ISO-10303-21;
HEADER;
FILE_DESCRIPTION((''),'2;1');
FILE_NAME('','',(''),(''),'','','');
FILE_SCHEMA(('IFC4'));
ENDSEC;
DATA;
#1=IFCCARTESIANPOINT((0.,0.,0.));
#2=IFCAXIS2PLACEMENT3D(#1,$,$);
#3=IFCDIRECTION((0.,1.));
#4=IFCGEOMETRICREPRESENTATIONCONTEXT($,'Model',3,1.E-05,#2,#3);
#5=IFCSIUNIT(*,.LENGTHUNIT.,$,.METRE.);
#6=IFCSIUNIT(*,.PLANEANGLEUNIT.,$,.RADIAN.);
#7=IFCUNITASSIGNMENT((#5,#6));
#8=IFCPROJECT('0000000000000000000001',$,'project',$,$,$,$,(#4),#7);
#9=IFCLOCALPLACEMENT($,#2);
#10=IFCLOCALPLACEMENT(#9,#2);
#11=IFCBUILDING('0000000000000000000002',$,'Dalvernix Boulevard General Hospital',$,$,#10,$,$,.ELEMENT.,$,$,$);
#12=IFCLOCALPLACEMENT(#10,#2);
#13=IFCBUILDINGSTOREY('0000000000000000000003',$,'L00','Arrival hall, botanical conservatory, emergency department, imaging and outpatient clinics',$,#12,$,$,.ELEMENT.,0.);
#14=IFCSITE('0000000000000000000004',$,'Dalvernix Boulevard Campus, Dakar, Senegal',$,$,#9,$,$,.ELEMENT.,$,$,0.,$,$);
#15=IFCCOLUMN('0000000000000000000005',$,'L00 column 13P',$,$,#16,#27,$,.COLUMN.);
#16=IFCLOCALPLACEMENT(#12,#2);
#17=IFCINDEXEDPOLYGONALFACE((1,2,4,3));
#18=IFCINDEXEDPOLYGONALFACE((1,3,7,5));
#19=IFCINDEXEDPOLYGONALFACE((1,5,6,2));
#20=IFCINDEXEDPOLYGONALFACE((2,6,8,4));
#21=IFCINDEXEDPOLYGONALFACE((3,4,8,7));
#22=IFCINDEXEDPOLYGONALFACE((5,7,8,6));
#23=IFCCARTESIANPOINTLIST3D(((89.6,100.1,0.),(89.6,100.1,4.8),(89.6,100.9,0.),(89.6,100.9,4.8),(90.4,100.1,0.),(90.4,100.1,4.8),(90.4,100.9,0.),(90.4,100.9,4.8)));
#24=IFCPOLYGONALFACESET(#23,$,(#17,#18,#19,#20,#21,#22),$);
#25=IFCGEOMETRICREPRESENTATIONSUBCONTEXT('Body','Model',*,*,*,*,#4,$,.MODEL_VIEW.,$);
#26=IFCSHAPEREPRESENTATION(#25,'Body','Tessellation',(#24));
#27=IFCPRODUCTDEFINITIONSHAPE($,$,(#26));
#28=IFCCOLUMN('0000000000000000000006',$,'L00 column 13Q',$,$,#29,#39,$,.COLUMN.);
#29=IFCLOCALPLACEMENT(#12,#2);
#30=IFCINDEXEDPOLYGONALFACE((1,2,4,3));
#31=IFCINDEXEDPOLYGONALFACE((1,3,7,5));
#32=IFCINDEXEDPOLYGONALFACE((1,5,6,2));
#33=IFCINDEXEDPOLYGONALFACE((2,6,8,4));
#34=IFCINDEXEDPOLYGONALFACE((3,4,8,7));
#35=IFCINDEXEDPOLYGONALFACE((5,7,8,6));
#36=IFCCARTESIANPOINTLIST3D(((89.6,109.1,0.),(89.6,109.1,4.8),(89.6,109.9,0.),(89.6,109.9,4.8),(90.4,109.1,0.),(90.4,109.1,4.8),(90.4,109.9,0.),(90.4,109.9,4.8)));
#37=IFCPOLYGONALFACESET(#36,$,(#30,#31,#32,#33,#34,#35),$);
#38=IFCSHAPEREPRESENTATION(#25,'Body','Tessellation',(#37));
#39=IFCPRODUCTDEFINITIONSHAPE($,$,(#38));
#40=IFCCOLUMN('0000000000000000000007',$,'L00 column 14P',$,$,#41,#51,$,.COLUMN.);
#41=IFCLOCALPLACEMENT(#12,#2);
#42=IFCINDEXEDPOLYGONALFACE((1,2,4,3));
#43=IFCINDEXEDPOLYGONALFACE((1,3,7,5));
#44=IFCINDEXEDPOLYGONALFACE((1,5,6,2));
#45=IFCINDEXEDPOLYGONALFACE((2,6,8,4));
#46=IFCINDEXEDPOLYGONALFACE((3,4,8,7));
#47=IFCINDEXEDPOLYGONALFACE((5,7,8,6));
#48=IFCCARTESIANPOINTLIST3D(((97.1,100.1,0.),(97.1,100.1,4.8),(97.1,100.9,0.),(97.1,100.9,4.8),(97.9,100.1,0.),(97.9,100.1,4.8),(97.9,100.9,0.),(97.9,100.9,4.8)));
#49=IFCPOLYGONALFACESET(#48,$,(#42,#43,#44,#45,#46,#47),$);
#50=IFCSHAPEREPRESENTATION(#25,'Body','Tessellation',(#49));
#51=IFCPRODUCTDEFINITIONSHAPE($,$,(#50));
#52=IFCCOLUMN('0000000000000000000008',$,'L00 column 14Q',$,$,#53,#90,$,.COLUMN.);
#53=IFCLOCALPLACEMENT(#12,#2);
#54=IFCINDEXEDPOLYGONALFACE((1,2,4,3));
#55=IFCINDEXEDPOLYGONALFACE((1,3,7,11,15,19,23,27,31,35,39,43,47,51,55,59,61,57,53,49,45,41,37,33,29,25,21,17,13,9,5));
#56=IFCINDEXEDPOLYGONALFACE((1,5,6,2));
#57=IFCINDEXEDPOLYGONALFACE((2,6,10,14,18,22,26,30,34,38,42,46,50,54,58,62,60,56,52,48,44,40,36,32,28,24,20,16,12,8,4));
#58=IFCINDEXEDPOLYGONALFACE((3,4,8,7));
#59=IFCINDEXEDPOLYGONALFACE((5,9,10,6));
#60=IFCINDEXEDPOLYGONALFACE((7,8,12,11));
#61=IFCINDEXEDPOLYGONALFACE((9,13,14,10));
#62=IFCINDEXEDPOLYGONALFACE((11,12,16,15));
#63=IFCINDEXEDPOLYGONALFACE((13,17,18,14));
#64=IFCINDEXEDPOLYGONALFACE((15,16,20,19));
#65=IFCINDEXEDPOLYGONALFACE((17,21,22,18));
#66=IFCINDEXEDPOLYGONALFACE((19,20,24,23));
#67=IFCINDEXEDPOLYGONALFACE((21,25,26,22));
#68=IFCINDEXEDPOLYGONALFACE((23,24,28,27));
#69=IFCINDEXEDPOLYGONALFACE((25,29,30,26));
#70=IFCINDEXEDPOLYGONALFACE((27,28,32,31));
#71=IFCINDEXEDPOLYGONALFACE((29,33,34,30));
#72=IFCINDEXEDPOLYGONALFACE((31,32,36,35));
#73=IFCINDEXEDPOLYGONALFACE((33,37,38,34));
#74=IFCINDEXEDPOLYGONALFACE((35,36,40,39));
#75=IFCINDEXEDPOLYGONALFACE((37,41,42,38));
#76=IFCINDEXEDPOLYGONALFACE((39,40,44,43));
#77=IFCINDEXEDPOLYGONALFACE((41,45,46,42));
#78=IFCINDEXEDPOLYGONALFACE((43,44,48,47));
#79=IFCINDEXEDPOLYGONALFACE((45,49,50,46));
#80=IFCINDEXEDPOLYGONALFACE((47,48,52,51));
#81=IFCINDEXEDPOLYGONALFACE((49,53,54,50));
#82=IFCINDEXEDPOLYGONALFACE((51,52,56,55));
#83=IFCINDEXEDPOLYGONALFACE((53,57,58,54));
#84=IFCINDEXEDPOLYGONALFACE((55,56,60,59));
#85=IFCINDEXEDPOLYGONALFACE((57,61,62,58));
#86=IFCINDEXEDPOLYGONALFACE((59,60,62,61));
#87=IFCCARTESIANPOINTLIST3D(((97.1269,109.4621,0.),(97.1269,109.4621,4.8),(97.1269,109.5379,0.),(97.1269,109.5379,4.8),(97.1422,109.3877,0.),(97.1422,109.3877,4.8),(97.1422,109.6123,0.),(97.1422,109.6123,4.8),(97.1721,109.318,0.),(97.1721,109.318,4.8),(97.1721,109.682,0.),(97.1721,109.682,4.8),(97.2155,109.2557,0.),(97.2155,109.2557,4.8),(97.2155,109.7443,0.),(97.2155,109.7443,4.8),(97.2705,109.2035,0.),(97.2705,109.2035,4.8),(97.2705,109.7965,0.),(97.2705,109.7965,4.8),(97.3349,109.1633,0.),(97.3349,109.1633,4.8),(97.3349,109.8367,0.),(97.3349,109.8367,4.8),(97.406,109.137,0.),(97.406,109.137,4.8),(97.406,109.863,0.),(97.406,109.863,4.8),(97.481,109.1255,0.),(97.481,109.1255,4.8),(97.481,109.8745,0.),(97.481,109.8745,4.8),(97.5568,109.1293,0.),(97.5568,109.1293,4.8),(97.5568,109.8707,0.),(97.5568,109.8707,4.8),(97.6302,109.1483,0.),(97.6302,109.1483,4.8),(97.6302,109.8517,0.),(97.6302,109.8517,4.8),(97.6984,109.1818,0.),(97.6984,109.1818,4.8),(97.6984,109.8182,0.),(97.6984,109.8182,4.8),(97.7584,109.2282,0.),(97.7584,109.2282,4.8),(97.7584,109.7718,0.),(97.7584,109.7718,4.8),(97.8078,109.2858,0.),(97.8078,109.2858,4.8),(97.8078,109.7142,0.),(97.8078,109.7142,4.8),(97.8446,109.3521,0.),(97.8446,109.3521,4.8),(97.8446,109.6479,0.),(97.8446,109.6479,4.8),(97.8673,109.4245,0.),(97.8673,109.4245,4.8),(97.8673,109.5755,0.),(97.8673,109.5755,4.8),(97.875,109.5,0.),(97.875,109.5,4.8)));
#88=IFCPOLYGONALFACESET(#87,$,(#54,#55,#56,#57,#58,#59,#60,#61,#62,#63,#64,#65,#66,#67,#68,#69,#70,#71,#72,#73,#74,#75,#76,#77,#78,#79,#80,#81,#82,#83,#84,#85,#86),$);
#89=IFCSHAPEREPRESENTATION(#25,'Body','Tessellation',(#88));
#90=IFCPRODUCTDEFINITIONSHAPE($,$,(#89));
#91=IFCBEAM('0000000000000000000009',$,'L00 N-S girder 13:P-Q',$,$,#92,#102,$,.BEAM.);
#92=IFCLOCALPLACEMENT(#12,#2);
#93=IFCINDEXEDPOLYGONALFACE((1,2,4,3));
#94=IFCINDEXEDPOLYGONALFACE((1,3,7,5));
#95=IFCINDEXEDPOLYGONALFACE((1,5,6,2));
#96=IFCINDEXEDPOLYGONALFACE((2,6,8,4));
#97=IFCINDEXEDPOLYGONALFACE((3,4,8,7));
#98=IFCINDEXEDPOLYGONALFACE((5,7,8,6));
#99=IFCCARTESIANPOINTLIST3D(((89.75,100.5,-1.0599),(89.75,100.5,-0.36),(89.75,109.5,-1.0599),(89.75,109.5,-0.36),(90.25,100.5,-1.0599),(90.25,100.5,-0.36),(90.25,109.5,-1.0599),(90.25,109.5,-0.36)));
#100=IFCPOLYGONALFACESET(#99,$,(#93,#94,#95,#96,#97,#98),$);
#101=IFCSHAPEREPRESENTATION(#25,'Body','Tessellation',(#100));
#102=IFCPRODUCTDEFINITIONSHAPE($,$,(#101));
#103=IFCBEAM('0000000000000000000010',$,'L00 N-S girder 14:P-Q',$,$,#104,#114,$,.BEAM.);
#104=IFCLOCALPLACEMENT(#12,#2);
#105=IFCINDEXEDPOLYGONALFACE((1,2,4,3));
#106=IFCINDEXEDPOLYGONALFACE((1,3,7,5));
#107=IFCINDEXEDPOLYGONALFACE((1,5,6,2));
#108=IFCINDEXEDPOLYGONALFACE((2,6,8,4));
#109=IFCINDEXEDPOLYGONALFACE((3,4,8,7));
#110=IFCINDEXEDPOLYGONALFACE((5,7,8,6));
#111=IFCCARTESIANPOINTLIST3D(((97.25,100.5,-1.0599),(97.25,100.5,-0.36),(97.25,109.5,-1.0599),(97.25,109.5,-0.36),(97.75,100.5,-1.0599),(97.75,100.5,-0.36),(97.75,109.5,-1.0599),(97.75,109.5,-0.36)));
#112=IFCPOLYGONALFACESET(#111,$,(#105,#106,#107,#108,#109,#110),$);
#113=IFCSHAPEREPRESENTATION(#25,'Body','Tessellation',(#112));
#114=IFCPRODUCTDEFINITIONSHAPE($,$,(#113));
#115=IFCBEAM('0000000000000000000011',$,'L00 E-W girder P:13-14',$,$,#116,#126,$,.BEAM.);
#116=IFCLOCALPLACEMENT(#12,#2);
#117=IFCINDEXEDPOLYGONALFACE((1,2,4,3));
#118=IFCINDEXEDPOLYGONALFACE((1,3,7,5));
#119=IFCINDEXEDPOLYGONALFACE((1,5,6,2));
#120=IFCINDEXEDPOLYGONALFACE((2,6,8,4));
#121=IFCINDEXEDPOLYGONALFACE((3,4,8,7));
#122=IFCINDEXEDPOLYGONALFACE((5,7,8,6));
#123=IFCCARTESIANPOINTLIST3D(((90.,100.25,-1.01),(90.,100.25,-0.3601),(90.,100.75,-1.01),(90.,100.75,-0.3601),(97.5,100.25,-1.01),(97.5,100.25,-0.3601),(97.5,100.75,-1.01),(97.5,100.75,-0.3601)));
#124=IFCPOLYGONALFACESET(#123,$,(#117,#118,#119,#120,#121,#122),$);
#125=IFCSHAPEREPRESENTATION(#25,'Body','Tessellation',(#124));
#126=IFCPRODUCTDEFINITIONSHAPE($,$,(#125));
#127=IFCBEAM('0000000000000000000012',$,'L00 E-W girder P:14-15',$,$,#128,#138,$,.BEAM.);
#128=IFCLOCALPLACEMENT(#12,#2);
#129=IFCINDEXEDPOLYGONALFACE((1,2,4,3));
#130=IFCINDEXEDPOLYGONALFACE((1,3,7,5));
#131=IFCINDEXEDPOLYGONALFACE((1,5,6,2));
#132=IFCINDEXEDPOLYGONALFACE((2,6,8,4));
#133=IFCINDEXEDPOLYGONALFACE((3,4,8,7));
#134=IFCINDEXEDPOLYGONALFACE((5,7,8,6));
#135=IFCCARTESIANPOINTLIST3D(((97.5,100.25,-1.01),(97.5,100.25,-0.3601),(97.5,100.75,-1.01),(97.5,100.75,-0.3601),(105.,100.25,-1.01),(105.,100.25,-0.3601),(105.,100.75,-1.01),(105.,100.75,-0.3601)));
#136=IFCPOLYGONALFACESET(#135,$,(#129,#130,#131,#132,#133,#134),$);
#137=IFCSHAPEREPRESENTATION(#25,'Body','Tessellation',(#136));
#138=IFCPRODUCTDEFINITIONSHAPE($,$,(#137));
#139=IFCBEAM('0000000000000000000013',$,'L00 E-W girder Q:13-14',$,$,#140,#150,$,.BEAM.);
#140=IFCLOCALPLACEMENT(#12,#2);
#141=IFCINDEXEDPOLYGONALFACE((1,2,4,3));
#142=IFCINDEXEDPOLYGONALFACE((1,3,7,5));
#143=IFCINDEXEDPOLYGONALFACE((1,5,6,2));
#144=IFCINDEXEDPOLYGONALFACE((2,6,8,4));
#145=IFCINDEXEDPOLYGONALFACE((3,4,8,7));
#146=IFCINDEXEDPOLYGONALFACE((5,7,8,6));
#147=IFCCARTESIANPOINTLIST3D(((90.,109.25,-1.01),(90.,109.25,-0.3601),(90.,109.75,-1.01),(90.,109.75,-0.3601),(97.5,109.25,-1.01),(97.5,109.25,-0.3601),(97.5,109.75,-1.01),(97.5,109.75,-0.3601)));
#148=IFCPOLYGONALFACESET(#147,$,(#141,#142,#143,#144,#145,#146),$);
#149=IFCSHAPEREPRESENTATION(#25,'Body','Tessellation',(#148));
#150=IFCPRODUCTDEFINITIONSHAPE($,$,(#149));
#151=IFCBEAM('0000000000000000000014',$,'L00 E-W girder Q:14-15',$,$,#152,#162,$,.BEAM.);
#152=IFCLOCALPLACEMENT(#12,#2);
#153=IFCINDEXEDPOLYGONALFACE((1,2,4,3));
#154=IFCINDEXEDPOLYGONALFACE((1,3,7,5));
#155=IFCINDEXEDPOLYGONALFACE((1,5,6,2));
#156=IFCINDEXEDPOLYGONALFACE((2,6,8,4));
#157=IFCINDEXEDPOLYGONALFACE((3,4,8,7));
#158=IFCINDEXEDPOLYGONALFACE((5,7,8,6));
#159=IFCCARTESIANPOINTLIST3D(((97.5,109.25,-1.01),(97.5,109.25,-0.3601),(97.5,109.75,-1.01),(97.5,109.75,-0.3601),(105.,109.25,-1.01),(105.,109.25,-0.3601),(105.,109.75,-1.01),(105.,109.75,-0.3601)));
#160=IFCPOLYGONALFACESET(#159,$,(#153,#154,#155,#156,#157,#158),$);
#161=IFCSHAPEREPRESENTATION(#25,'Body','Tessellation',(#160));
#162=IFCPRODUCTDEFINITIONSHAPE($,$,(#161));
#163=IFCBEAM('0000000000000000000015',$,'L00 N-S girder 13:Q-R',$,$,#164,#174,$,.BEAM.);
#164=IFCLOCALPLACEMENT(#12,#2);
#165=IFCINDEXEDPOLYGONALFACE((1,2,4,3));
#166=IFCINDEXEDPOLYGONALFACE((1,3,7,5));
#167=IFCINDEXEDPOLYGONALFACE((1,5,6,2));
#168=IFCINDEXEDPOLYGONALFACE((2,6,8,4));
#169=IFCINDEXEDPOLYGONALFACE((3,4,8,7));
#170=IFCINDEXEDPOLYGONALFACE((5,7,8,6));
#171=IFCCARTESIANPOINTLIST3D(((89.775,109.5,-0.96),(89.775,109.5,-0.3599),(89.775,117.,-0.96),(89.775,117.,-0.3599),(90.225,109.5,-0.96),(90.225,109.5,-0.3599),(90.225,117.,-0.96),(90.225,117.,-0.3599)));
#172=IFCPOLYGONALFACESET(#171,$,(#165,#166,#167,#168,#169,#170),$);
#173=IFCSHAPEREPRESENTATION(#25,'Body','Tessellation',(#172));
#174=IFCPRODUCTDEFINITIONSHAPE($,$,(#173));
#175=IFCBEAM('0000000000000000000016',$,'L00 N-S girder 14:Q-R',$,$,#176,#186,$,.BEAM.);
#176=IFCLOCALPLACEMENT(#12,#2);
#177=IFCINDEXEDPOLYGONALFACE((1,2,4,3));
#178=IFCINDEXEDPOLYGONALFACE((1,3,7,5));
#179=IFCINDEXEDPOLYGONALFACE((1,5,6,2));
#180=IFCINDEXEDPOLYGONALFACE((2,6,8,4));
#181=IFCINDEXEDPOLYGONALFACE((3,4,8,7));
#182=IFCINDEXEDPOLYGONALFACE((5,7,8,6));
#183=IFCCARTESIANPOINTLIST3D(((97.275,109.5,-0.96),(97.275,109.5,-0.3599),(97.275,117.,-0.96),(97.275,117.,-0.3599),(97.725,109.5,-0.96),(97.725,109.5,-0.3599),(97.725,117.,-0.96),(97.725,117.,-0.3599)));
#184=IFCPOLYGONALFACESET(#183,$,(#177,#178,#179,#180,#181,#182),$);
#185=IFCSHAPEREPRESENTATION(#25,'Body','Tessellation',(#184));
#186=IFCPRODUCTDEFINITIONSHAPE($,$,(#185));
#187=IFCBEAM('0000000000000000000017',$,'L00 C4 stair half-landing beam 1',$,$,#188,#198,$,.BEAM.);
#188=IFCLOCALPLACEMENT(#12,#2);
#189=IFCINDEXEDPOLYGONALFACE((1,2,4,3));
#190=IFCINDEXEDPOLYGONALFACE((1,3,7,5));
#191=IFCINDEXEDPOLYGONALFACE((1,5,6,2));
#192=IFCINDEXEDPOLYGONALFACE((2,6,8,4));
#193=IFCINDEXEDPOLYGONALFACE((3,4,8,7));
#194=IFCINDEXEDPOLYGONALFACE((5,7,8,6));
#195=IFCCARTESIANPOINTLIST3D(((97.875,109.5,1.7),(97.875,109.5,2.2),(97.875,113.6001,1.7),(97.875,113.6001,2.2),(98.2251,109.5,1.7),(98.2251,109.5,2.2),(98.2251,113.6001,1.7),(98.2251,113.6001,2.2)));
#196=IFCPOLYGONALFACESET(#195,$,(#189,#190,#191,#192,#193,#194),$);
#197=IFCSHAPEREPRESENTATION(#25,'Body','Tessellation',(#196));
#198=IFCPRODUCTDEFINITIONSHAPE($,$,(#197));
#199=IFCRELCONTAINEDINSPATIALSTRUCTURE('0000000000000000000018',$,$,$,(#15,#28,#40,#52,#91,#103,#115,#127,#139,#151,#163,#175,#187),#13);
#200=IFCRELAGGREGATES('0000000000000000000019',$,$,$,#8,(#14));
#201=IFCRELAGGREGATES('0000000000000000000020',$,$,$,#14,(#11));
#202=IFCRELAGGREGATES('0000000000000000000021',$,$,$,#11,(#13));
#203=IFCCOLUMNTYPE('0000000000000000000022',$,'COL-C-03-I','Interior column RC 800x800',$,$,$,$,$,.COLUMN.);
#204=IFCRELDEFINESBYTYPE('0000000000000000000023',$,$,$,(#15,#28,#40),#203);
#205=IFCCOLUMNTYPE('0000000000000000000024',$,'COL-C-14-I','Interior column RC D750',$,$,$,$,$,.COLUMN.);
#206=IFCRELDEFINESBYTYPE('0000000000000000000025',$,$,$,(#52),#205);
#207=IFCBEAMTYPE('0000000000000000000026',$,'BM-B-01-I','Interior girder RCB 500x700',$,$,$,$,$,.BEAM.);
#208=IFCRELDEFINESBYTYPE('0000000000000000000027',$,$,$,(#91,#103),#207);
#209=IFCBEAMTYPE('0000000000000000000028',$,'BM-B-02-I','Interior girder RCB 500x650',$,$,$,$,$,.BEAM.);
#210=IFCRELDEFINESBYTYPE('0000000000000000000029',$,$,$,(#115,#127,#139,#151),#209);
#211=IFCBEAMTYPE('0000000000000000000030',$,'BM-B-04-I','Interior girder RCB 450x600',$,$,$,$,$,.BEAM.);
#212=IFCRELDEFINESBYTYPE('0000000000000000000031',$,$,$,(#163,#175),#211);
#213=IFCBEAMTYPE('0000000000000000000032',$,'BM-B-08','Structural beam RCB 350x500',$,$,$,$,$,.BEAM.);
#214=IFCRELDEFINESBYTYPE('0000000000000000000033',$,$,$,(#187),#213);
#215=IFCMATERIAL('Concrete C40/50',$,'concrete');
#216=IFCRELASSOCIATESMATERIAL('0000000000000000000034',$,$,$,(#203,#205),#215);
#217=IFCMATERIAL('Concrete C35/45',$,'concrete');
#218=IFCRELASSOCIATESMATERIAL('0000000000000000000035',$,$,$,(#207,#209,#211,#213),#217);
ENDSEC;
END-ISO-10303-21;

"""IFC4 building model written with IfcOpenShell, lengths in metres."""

from ifc_helpers import new_model, si_unit, direction, frame, origin, origin_2d, place, context, subcontext, project, spatial, rectangle, circle, extrude, material, material_profile, profile_set, type_object, element, save


model = new_model("IFC4")

# Units and contexts
model_context = context("Model", 3, precision=1e-05, world=origin(), true_north=direction((0.0, 1.0)))
body_context = subcontext(model_context, "Body", "Model", "MODEL_VIEW")
ifc_project = project(units=[si_unit("LENGTHUNIT", "METRE"), si_unit("PLANEANGLEUNIT", "RADIAN")], contexts=[model_context])

# Site, building, storey
site_placement = place(None, origin())
site = spatial("IfcSite", under=ifc_project, at=site_placement, Name="Dalvernix Boulevard Campus, Dakar, Senegal", CompositionType="ELEMENT", RefElevation=0.0)
building_placement = place(site_placement, origin())
building = spatial("IfcBuilding", under=site, at=building_placement, Name="Dalvernix Boulevard General Hospital", CompositionType="ELEMENT")
storey_placement = place(building_placement, origin())
storey = spatial("IfcBuildingStorey", under=building, at=storey_placement, Name="L00", Description="Arrival hall, botanical conservatory, emergency department, imaging and outpatient clinics", CompositionType="ELEMENT", Elevation=0.0)

# Columns
ifc_material_1 = material(Name="Concrete C40/50", Category="concrete")
ifc_material_profile_1 = material_profile(ifc_material_1, rectangle(XDim=0.8, YDim=0.8, at=origin_2d()), Name="RC 800x800")
ifc_profile_set_1 = profile_set([ifc_material_profile_1], Name="Concrete C40/50")
column_type_1 = type_object("IfcColumnType", Name="COL-C-03-I", Description="Interior column RC 800x800", PredefinedType="COLUMN", material=ifc_profile_set_1)
for number, where, z_axis, x_axis, name in (
    (1, (90.0, 100.5, 0.0), (0.0, 0.0, 1.0), (1.0, 0.0, 0.0), "L00 column 13P"),
    (2, (90.0, 109.5, 0.0), (0.0, 0.0, 1.0), (1.0, 0.0, 0.0), "L00 column 13Q"),
    (3, (97.5, 100.5, 0.0), (0.0, 0.0, 1.0), (1.0, 0.0, 0.0), "L00 column 14P"),
):
    element("IfcColumn", number, at=place(storey_placement, frame(where, z_axis=z_axis, x_axis=x_axis)), inside=storey, type_object=column_type_1, Name=name, PredefinedType="COLUMN", context=body_context, shape_type="SweptSolid", body=[
        extrude(rectangle(XDim=0.8, YDim=0.8, at=origin_2d()), origin(), (0.0, 0.0, 1.0), 4.8),
    ])
ifc_material_profile_2 = material_profile(ifc_material_1, circle(Radius=0.375, at=origin_2d()), Name="RC D750")
ifc_profile_set_2 = profile_set([ifc_material_profile_2], Name="Concrete C40/50")
column_type_2 = type_object("IfcColumnType", Name="COL-C-14-I", Description="Interior column RC D750", PredefinedType="COLUMN", material=ifc_profile_set_2)
column_placement = place(storey_placement, frame((97.5, 109.5, 0.0), z_axis=(0.0, 0.0, 1.0), x_axis=(1.0, 0.0, 0.0)))
element("IfcColumn", 4, at=column_placement, inside=storey, type_object=column_type_2, Name="L00 column 14Q", PredefinedType="COLUMN", context=body_context, shape_type="SweptSolid", body=[
    extrude(circle(Radius=0.375, at=origin_2d()), origin(), (0.0, 0.0, 1.0), 4.8),
])

# Beams
ifc_material_2 = material(Name="Concrete C35/45", Category="concrete")
ifc_material_profile_3 = material_profile(ifc_material_2, rectangle(XDim=0.5, YDim=0.7, at=origin_2d()), Name="RCB 500x700")
ifc_profile_set_3 = profile_set([ifc_material_profile_3], Name="Concrete C35/45")
beam_type_1 = type_object("IfcBeamType", Name="BM-B-01-I", Description="Interior girder RCB 500x700", PredefinedType="BEAM", material=ifc_profile_set_3)
for number, where, z_axis, x_axis, name in (
    (5, (90.0, 100.5, -0.71), (0.0, 1.0, 0.0), (-1.0, 0.0, 0.0), "L00 N-S girder 13:P-Q"),
    (6, (97.5, 100.5, -0.71), (0.0, 1.0, 0.0), (-1.0, 0.0, 0.0), "L00 N-S girder 14:P-Q"),
):
    element("IfcBeam", number, at=place(storey_placement, frame(where, z_axis=z_axis, x_axis=x_axis)), inside=storey, type_object=beam_type_1, Name=name, PredefinedType="BEAM", context=body_context, shape_type="SweptSolid", body=[
        extrude(rectangle(XDim=0.5, YDim=0.7, at=origin_2d()), origin(), (0.0, 0.0, 1.0), 9.0),
    ])
ifc_material_profile_4 = material_profile(ifc_material_2, rectangle(XDim=0.5, YDim=0.6499, at=origin_2d()), Name="RCB 500x650")
ifc_profile_set_4 = profile_set([ifc_material_profile_4], Name="Concrete C35/45")
beam_type_2 = type_object("IfcBeamType", Name="BM-B-02-I", Description="Interior girder RCB 500x650", PredefinedType="BEAM", material=ifc_profile_set_4)
for number, where, z_axis, x_axis, name in (
    (7, (90.0, 100.5, -0.6851), (1.0, 0.0, 0.0), (0.0, 1.0, 0.0), "L00 E-W girder P:13-14"),
    (8, (97.5, 100.5, -0.6851), (1.0, 0.0, 0.0), (0.0, 1.0, 0.0), "L00 E-W girder P:14-15"),
    (9, (90.0, 109.5, -0.6851), (1.0, 0.0, 0.0), (0.0, 1.0, 0.0), "L00 E-W girder Q:13-14"),
    (10, (97.5, 109.5, -0.6851), (1.0, 0.0, 0.0), (0.0, 1.0, 0.0), "L00 E-W girder Q:14-15"),
):
    element("IfcBeam", number, at=place(storey_placement, frame(where, z_axis=z_axis, x_axis=x_axis)), inside=storey, type_object=beam_type_2, Name=name, PredefinedType="BEAM", context=body_context, shape_type="SweptSolid", body=[
        extrude(rectangle(XDim=0.5, YDim=0.6499, at=origin_2d()), origin(), (0.0, 0.0, 1.0), 7.5),
    ])
ifc_material_profile_5 = material_profile(ifc_material_2, rectangle(XDim=0.45, YDim=0.6001, at=origin_2d()), Name="RCB 450x600")
ifc_profile_set_5 = profile_set([ifc_material_profile_5], Name="Concrete C35/45")
beam_type_3 = type_object("IfcBeamType", Name="BM-B-04-I", Description="Interior girder RCB 450x600", PredefinedType="BEAM", material=ifc_profile_set_5)
for number, where, z_axis, x_axis, name in (
    (11, (90.0, 109.5, -0.6599), (0.0, 1.0, 0.0), (-1.0, 0.0, 0.0), "L00 N-S girder 13:Q-R"),
    (12, (97.5, 109.5, -0.6599), (0.0, 1.0, 0.0), (-1.0, 0.0, 0.0), "L00 N-S girder 14:Q-R"),
):
    element("IfcBeam", number, at=place(storey_placement, frame(where, z_axis=z_axis, x_axis=x_axis)), inside=storey, type_object=beam_type_3, Name=name, PredefinedType="BEAM", context=body_context, shape_type="SweptSolid", body=[
        extrude(rectangle(XDim=0.45, YDim=0.6001, at=origin_2d()), origin(), (0.0, 0.0, 1.0), 7.5),
    ])
ifc_material_profile_6 = material_profile(ifc_material_2, rectangle(XDim=0.3501, YDim=0.5, at=origin_2d()), Name="RCB 350x500")
ifc_profile_set_6 = profile_set([ifc_material_profile_6], Name="Concrete C35/45")
beam_type_4 = type_object("IfcBeamType", Name="BM-B-08", Description="Structural beam RCB 350x500", PredefinedType="BEAM", material=ifc_profile_set_6)
for number, where, z_axis, x_axis, name in (
    (13, (98.05, 109.5, 1.95), (0.0, 1.0, 0.0), (-1.0, 0.0, 0.0), "L00 C4 stair half-landing beam 1"),
):
    element("IfcBeam", number, at=place(storey_placement, frame(where, z_axis=z_axis, x_axis=x_axis)), inside=storey, type_object=beam_type_4, Name=name, PredefinedType="BEAM", context=body_context, shape_type="SweptSolid", body=[
        extrude(rectangle(XDim=0.3501, YDim=0.5, at=origin_2d()), origin(), (0.0, 0.0, 1.0), 4.1001),
    ])

save(model, "model.ifc")
